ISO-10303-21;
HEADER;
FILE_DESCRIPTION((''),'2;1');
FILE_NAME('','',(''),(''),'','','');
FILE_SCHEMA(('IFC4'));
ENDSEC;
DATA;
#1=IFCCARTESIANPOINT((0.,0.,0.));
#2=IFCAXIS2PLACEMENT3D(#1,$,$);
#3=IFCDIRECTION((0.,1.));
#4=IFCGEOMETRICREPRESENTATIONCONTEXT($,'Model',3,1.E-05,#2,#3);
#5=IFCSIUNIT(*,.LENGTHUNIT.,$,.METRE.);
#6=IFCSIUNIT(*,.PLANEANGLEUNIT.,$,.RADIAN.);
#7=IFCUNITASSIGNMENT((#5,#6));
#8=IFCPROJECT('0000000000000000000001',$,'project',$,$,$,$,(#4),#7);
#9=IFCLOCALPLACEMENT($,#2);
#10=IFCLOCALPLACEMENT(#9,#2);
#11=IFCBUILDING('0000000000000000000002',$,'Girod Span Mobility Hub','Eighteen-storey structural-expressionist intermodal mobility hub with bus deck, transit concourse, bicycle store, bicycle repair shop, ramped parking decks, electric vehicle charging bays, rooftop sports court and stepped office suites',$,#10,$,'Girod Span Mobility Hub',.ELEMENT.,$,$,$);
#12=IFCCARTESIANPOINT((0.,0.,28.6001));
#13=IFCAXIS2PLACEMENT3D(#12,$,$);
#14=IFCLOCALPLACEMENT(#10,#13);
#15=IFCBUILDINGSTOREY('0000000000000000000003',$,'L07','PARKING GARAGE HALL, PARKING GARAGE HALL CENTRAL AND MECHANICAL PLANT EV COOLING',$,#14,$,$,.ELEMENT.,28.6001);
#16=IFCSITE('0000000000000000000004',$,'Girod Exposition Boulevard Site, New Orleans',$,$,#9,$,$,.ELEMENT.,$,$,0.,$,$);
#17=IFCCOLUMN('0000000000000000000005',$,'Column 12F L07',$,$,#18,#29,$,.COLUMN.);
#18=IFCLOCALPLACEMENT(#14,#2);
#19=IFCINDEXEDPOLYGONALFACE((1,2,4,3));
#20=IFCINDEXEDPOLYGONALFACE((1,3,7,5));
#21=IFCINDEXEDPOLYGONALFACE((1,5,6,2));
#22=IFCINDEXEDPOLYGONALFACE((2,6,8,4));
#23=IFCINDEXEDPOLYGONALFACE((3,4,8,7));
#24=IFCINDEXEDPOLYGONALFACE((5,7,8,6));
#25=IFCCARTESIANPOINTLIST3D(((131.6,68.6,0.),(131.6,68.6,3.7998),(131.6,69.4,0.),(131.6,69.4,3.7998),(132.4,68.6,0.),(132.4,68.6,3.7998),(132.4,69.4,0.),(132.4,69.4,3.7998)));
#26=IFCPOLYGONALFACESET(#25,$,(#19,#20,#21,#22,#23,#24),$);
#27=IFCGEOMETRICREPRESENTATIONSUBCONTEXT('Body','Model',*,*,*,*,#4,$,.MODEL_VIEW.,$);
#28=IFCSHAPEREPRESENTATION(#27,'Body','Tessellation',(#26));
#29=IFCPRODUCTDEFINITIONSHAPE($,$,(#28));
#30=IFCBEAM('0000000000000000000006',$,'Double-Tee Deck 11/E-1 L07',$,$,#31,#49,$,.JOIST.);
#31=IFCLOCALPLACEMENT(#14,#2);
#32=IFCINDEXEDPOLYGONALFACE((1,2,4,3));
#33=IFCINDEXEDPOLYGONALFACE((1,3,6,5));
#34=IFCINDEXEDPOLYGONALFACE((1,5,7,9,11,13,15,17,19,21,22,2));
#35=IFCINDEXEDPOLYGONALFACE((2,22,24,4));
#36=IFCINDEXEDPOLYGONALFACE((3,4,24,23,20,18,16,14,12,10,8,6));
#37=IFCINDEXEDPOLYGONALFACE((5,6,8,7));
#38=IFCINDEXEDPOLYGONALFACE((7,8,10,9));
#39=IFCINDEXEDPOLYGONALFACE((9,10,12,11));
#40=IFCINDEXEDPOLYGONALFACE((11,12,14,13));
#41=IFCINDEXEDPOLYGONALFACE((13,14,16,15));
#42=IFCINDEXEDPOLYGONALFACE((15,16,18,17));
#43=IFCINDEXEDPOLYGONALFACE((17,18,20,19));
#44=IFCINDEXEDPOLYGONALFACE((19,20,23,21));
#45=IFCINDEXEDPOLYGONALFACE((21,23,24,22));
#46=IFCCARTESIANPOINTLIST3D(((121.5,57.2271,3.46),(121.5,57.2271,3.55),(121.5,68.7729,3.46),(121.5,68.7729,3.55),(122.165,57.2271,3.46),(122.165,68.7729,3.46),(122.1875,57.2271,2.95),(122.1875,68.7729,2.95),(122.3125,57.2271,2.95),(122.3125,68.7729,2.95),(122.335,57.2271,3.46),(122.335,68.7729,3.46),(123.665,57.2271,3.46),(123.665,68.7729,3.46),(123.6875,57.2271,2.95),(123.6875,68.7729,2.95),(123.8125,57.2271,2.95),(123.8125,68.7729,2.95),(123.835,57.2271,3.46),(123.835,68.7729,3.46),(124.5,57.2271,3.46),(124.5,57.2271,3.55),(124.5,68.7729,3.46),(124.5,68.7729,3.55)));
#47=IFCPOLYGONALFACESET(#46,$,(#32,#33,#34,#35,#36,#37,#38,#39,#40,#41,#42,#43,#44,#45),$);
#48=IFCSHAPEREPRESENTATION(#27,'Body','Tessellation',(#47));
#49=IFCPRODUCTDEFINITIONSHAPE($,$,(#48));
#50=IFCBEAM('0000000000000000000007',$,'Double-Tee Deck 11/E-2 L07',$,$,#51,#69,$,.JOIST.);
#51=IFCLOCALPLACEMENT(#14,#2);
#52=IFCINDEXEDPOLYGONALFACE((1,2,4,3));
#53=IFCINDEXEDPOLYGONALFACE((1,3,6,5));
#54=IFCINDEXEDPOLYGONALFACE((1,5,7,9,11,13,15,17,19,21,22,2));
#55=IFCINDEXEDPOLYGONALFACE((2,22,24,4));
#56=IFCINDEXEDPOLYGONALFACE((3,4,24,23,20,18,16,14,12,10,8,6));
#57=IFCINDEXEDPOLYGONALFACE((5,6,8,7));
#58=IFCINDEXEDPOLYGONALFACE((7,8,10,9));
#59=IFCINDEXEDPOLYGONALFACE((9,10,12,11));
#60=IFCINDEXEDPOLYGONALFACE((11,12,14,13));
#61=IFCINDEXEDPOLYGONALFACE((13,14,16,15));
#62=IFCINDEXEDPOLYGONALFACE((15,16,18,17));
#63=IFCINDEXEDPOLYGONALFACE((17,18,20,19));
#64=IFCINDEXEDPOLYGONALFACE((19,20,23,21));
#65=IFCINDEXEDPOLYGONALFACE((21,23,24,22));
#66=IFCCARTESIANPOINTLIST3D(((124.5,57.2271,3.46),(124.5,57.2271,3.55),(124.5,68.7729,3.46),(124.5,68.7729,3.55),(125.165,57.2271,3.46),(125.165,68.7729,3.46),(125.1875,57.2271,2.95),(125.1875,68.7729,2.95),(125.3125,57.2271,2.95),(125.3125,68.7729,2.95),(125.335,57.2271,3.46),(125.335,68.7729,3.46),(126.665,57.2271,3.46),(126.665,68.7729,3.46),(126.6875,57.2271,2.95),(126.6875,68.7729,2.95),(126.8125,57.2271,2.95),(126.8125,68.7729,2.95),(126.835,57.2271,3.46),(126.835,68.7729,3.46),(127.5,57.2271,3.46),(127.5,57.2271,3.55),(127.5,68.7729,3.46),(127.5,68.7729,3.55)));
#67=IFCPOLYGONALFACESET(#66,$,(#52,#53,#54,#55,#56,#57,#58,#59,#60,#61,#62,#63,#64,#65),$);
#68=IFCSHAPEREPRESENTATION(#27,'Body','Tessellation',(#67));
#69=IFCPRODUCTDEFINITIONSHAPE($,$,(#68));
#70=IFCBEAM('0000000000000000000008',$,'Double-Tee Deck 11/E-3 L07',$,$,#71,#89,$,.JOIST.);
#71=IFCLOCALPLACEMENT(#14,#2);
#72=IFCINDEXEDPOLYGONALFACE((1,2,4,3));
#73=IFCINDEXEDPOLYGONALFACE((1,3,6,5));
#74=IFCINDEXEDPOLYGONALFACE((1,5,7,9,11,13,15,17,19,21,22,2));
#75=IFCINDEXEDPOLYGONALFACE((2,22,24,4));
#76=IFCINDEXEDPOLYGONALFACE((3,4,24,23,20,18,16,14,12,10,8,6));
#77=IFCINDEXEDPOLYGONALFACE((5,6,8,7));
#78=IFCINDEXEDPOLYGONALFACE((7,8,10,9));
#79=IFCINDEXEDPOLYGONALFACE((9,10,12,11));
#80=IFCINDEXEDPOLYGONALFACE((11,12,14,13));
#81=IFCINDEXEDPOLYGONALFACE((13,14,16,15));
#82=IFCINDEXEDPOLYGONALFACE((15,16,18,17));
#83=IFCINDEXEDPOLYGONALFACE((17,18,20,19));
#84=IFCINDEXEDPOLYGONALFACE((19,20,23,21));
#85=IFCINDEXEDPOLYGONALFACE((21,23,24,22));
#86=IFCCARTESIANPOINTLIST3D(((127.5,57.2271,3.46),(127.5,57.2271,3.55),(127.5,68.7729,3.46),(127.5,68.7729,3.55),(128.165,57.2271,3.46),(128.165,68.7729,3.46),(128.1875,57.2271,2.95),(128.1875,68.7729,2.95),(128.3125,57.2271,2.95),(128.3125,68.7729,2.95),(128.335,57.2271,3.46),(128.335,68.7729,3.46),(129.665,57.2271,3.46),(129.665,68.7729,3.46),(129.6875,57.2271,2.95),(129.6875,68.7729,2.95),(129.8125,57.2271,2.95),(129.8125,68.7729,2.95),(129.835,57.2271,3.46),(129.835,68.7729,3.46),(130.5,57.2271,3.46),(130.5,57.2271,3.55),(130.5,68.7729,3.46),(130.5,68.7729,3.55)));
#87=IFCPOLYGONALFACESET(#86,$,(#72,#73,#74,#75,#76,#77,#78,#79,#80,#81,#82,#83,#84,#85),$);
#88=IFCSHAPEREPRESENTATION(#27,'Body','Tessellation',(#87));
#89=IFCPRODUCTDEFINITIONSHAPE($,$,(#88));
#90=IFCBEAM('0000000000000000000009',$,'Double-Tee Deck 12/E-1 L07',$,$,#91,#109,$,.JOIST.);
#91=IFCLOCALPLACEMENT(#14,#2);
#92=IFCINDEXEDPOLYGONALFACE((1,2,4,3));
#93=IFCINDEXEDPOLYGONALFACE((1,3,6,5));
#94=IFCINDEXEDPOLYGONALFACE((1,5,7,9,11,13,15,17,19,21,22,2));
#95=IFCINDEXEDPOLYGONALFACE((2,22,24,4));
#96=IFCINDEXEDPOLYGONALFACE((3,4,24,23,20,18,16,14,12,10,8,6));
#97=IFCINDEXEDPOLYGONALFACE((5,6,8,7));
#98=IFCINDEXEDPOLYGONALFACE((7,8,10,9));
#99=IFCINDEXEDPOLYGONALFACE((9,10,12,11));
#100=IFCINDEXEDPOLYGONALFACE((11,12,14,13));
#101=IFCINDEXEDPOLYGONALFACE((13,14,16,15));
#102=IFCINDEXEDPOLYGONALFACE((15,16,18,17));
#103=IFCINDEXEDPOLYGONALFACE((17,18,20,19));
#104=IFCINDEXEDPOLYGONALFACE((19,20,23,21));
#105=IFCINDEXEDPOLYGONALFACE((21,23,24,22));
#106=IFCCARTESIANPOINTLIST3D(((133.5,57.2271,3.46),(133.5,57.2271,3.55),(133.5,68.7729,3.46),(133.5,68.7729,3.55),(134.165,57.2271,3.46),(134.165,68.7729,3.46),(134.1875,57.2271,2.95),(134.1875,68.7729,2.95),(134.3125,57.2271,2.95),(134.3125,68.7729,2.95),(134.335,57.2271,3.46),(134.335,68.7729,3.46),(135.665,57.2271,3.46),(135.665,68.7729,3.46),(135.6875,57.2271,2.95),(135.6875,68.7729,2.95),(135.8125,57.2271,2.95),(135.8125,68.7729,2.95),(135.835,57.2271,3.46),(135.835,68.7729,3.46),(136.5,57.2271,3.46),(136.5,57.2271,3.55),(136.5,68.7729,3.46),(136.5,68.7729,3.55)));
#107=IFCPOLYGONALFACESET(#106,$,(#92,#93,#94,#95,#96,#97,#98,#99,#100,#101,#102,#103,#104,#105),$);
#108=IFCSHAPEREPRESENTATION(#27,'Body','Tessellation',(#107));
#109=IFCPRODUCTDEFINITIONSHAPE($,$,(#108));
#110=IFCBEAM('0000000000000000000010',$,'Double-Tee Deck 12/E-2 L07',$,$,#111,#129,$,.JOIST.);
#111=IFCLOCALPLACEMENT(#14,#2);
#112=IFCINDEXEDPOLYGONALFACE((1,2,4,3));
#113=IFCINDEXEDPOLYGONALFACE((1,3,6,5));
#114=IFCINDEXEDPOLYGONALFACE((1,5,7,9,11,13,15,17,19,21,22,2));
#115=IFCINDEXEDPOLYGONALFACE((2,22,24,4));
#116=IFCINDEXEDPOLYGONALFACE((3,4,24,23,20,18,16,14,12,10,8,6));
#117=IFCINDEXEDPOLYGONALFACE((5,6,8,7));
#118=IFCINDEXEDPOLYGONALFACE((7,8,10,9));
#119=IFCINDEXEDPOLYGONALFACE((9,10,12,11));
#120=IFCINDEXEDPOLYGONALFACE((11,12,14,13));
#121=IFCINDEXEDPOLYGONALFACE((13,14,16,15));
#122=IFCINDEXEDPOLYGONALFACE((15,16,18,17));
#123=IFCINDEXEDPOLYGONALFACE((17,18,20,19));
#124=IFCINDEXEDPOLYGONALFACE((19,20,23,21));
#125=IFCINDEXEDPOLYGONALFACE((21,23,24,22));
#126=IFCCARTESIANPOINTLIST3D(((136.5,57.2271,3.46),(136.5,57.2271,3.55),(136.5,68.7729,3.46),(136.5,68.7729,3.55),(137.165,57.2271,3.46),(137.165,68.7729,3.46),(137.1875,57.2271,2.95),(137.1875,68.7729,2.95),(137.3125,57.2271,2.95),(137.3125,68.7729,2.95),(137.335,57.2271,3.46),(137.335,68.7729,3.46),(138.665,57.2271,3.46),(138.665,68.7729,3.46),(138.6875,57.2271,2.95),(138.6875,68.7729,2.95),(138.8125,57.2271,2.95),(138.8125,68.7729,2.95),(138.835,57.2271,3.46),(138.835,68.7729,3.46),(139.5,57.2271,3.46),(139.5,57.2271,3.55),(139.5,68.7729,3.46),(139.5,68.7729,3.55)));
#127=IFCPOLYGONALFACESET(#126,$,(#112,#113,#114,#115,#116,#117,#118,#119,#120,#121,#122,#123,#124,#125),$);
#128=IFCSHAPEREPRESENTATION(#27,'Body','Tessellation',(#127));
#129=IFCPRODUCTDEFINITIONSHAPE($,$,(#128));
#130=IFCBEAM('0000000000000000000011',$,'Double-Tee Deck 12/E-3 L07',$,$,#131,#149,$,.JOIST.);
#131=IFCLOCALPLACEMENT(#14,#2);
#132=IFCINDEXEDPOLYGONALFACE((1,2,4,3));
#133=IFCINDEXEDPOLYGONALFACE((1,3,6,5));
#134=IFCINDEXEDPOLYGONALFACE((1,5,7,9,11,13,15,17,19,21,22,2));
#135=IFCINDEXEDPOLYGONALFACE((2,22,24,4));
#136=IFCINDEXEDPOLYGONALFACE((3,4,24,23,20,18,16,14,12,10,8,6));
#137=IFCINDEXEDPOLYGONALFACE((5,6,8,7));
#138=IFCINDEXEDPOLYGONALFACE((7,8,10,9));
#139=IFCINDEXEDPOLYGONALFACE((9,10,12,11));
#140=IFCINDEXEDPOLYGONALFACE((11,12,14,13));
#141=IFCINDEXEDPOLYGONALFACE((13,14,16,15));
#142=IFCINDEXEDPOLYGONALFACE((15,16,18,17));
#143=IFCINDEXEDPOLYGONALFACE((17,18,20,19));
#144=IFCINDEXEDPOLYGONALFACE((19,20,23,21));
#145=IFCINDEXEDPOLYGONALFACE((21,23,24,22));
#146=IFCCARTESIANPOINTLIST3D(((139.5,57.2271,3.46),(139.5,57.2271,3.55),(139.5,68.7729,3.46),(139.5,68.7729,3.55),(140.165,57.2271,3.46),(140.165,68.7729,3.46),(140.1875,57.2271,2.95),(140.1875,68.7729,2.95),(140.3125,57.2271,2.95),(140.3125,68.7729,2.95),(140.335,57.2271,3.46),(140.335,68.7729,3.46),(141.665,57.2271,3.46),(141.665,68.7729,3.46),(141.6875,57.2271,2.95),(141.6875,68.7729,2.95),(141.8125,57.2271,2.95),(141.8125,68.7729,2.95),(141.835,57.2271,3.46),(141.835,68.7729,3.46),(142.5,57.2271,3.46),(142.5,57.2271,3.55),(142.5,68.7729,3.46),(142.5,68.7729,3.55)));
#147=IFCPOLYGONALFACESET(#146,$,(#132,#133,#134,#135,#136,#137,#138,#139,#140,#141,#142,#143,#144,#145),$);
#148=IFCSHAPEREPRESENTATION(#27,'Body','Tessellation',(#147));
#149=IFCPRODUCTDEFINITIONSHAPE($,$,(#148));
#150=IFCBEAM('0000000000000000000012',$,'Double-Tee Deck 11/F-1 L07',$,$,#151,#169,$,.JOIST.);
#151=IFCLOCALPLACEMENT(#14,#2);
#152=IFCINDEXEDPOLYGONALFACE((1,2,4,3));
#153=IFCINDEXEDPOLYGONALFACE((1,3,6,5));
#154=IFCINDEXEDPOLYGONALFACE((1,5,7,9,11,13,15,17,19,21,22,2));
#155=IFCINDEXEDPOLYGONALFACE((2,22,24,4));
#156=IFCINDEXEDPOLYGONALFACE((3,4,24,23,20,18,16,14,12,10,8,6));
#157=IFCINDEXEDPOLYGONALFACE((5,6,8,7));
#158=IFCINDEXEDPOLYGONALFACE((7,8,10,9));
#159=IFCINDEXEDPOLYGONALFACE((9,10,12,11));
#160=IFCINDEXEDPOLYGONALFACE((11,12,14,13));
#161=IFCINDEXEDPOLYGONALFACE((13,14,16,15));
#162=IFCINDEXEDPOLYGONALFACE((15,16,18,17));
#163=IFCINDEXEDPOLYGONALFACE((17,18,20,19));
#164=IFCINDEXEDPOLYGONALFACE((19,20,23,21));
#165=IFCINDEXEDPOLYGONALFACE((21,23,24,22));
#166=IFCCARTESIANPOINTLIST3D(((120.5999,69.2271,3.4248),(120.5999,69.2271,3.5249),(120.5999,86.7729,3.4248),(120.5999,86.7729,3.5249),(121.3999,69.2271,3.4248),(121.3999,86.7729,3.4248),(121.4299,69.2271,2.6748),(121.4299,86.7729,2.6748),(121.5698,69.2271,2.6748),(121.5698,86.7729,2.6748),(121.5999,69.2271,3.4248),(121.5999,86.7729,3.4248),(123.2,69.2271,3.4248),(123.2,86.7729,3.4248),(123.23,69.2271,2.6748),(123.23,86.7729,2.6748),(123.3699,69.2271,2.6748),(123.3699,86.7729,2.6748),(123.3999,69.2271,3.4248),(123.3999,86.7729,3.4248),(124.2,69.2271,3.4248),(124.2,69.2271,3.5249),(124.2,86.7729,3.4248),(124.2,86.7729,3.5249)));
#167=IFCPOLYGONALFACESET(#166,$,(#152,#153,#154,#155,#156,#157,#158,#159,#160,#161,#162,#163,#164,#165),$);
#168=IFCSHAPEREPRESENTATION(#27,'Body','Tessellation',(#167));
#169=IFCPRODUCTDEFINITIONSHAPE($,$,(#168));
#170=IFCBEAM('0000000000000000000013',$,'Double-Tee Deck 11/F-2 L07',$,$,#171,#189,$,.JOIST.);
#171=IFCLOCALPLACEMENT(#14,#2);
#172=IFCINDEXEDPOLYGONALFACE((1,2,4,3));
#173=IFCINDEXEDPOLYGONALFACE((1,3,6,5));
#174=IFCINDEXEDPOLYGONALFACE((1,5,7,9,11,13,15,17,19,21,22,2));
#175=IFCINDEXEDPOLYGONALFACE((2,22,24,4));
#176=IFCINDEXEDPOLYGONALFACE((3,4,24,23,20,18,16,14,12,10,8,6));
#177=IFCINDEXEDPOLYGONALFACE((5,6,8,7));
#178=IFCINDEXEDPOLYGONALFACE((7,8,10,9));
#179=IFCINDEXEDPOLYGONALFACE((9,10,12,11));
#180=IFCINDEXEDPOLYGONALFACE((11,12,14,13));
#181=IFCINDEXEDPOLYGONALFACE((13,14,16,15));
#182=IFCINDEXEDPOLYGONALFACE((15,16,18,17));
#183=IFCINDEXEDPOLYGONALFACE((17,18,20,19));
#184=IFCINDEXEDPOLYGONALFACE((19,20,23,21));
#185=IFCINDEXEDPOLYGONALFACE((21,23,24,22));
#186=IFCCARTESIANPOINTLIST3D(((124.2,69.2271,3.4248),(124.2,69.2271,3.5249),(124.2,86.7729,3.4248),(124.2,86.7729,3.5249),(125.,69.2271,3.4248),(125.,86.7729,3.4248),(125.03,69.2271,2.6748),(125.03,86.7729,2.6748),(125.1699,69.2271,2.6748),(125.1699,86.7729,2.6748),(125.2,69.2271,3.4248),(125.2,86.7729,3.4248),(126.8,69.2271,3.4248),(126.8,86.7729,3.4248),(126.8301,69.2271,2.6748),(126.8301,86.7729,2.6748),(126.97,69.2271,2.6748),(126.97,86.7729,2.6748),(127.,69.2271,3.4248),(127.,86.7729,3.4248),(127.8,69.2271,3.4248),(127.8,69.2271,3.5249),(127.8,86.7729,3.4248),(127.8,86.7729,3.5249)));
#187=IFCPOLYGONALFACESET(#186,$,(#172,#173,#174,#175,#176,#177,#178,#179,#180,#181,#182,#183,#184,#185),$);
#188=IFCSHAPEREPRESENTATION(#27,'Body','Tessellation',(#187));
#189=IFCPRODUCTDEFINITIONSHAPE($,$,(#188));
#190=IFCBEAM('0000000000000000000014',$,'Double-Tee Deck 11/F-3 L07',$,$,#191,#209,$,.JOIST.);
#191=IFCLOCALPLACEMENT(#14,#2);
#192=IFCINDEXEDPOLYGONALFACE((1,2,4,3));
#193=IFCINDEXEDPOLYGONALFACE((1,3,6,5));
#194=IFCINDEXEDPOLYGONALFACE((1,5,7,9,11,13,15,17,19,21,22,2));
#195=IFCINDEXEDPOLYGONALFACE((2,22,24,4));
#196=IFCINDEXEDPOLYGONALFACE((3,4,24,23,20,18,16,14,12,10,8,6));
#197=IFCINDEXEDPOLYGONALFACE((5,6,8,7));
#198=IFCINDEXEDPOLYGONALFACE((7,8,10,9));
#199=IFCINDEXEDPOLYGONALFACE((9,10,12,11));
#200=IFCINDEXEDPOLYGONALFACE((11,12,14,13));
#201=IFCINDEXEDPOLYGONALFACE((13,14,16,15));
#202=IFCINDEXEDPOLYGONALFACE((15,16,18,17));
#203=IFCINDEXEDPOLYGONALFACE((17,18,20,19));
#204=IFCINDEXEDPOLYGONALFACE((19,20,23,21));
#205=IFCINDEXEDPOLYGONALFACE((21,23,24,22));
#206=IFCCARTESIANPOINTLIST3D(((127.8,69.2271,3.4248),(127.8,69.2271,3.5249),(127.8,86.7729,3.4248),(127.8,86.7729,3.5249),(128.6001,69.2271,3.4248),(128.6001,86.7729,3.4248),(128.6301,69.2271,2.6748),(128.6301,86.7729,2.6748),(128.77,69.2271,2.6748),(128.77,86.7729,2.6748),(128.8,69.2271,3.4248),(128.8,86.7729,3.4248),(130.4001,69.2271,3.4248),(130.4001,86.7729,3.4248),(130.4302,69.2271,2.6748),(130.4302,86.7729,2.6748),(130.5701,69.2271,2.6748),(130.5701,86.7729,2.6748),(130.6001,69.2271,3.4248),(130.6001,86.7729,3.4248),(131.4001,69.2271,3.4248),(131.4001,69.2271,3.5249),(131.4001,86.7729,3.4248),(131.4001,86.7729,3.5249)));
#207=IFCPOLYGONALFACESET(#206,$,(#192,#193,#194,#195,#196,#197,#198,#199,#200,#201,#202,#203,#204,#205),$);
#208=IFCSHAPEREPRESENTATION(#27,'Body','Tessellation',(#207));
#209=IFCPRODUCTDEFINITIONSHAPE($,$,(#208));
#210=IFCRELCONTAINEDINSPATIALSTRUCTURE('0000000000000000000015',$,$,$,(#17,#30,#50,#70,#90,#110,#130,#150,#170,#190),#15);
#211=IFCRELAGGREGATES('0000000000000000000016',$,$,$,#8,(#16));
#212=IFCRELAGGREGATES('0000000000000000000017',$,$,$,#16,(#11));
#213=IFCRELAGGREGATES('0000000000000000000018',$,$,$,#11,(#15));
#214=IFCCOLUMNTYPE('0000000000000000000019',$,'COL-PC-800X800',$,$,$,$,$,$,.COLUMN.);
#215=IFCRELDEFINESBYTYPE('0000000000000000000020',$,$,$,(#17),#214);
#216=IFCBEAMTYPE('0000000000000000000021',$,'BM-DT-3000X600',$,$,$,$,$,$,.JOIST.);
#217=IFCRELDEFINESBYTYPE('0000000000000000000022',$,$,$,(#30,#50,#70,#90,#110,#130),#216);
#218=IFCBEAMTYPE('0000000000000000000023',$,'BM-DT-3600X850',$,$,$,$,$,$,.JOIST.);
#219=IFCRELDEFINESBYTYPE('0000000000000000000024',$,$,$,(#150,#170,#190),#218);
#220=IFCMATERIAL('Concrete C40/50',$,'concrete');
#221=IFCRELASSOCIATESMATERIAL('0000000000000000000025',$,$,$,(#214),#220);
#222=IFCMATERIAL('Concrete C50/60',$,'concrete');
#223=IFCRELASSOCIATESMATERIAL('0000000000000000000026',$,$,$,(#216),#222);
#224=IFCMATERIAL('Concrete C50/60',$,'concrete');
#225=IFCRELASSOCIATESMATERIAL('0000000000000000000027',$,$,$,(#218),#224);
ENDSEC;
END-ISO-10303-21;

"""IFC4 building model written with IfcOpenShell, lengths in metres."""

from ifc_helpers import new_model, si_unit, direction, frame, origin, origin_2d, place, context, subcontext, project, spatial, polyline, rectangle, outline, extrude, material, material_profile, profile_set, type_object, element, save


model = new_model("IFC4")

# Units and contexts
model_context = context("Model", 3, precision=1e-05, world=origin(), true_north=direction((0.0, 1.0)))
body_context = subcontext(model_context, "Body", "Model", "MODEL_VIEW")
ifc_project = project(units=[si_unit("LENGTHUNIT", "METRE"), si_unit("PLANEANGLEUNIT", "RADIAN")], contexts=[model_context])

# Site, building, storey
site_placement = place(None, origin())
site = spatial("IfcSite", under=ifc_project, at=site_placement, Name="Girod Exposition Boulevard Site, New Orleans", CompositionType="ELEMENT", RefElevation=0.0)
building_placement = place(site_placement, origin())
building = spatial("IfcBuilding", under=site, at=building_placement, Name="Girod Span Mobility Hub", Description="Eighteen-storey structural-expressionist intermodal mobility hub with bus deck, transit concourse, bicycle store, bicycle repair shop, ramped parking decks, electric vehicle charging bays, rooftop sports court and stepped office suites", LongName="Girod Span Mobility Hub", CompositionType="ELEMENT")
storey_placement = place(building_placement, frame((0.0, 0.0, 28.6001)))
storey = spatial("IfcBuildingStorey", under=building, at=storey_placement, Name="L07", Description="PARKING GARAGE HALL, PARKING GARAGE HALL CENTRAL AND MECHANICAL PLANT EV COOLING", CompositionType="ELEMENT", Elevation=28.6001)

# Column
ifc_material_1 = material(Name="Concrete C40/50", Category="concrete")
ifc_material_profile_1 = material_profile(ifc_material_1, rectangle(XDim=0.8, YDim=0.8, at=origin_2d()), Name="PC-COL-800X800")
ifc_profile_set_1 = profile_set([ifc_material_profile_1], Name="Concrete C40/50")
column_type = type_object("IfcColumnType", Name="COL-PC-800X800", PredefinedType="COLUMN", material=ifc_profile_set_1)
column_placement = place(storey_placement, frame((132.0, 69.0, 0.0), z_axis=(0.0, 0.0, 1.0), x_axis=(1.0, 0.0, 0.0)))
element("IfcColumn", 1, at=column_placement, inside=storey, type_object=column_type, Name="Column 12F L07", PredefinedType="COLUMN", context=body_context, shape_type="SweptSolid", body=[
    extrude(rectangle(XDim=0.8, YDim=0.8, at=origin_2d()), origin(), (0.0, 0.0, 1.0), 3.7998),
])

# Beams
ifc_material_2 = material(Name="Concrete C50/60", Category="concrete")
ifc_material_profile_2 = material_profile(ifc_material_2, outline(polyline([(-1.5, 0.3), (-1.5, 0.21), (-0.835, 0.21), (-0.8125, -0.3), (-0.6875, -0.3), (-0.665, 0.21), (0.665, 0.21), (0.6875, -0.3), (0.8125, -0.3), (0.835, 0.21), (1.5, 0.21), (1.5, 0.3), (-1.5, 0.3)])), Name="DT-3000X600")
ifc_profile_set_2 = profile_set([ifc_material_profile_2], Name="Concrete C50/60")
beam_type_1 = type_object("IfcBeamType", Name="BM-DT-3000X600", PredefinedType="JOIST", material=ifc_profile_set_2)
for number, where, z_axis, x_axis, name in (
    (2, (123.0, 57.2271, 3.25), (0.0, 1.0, 0.0), (-1.0, 0.0, 0.0), "Double-Tee Deck 11/E-1 L07"),
    (3, (126.0, 57.2271, 3.25), (0.0, 1.0, 0.0), (-1.0, 0.0, 0.0), "Double-Tee Deck 11/E-2 L07"),
    (4, (129.0, 57.2271, 3.25), (0.0, 1.0, 0.0), (-1.0, 0.0, 0.0), "Double-Tee Deck 11/E-3 L07"),
    (5, (135.0, 57.2271, 3.25), (0.0, 1.0, 0.0), (-1.0, 0.0, 0.0), "Double-Tee Deck 12/E-1 L07"),
    (6, (138.0, 57.2271, 3.25), (0.0, 1.0, 0.0), (-1.0, 0.0, 0.0), "Double-Tee Deck 12/E-2 L07"),
    (7, (141.0, 57.2271, 3.25), (0.0, 1.0, 0.0), (-1.0, 0.0, 0.0), "Double-Tee Deck 12/E-3 L07"),
):
    element("IfcBeam", number, at=place(storey_placement, frame(where, z_axis=z_axis, x_axis=x_axis)), inside=storey, type_object=beam_type_1, Name=name, PredefinedType="JOIST", context=body_context, shape_type="SweptSolid", body=[
        extrude(outline(polyline([(-1.5, 0.3), (-1.5, 0.21), (-0.835, 0.21), (-0.8125, -0.3), (-0.6875, -0.3), (-0.665, 0.21), (0.665, 0.21), (0.6875, -0.3), (0.8125, -0.3), (0.835, 0.21), (1.5, 0.21), (1.5, 0.3), (-1.5, 0.3)])), origin(), (0.0, 0.0, 1.0), 11.5459),
    ])
ifc_material_3 = material(Name="Concrete C50/60", Category="concrete")
ifc_material_profile_3 = material_profile(ifc_material_3, outline(polyline([(-1.8, 0.425), (-1.8, 0.325), (-1.0, 0.325), (-0.97, -0.425), (-0.8301, -0.425), (-0.8, 0.325), (0.8, 0.325), (0.8301, -0.425), (0.97, -0.425), (1.0, 0.325), (1.8, 0.325), (1.8, 0.425), (-1.8, 0.425)])), Name="DT-3600X850")
ifc_profile_set_3 = profile_set([ifc_material_profile_3], Name="Concrete C50/60")
beam_type_2 = type_object("IfcBeamType", Name="BM-DT-3600X850", PredefinedType="JOIST", material=ifc_profile_set_3)
for number, where, z_axis, x_axis, name in (
    (8, (122.3999, 69.2271, 3.0999), (0.0, 1.0, 0.0), (-1.0, 0.0, 0.0), "Double-Tee Deck 11/F-1 L07"),
    (9, (126.0, 69.2271, 3.0999), (0.0, 1.0, 0.0), (-1.0, 0.0, 0.0), "Double-Tee Deck 11/F-2 L07"),
    (10, (129.6001, 69.2271, 3.0999), (0.0, 1.0, 0.0), (-1.0, 0.0, 0.0), "Double-Tee Deck 11/F-3 L07"),
):
    element("IfcBeam", number, at=place(storey_placement, frame(where, z_axis=z_axis, x_axis=x_axis)), inside=storey, type_object=beam_type_2, Name=name, PredefinedType="JOIST", context=body_context, shape_type="SweptSolid", body=[
        extrude(outline(polyline([(-1.8, 0.425), (-1.8, 0.325), (-1.0, 0.325), (-0.97, -0.425), (-0.8301, -0.425), (-0.8, 0.325), (0.8, 0.325), (0.8301, -0.425), (0.97, -0.425), (1.0, 0.325), (1.8, 0.325), (1.8, 0.425), (-1.8, 0.425)])), origin(), (0.0, 0.0, 1.0), 17.5459),
    ])

save(model, "model.ifc")
